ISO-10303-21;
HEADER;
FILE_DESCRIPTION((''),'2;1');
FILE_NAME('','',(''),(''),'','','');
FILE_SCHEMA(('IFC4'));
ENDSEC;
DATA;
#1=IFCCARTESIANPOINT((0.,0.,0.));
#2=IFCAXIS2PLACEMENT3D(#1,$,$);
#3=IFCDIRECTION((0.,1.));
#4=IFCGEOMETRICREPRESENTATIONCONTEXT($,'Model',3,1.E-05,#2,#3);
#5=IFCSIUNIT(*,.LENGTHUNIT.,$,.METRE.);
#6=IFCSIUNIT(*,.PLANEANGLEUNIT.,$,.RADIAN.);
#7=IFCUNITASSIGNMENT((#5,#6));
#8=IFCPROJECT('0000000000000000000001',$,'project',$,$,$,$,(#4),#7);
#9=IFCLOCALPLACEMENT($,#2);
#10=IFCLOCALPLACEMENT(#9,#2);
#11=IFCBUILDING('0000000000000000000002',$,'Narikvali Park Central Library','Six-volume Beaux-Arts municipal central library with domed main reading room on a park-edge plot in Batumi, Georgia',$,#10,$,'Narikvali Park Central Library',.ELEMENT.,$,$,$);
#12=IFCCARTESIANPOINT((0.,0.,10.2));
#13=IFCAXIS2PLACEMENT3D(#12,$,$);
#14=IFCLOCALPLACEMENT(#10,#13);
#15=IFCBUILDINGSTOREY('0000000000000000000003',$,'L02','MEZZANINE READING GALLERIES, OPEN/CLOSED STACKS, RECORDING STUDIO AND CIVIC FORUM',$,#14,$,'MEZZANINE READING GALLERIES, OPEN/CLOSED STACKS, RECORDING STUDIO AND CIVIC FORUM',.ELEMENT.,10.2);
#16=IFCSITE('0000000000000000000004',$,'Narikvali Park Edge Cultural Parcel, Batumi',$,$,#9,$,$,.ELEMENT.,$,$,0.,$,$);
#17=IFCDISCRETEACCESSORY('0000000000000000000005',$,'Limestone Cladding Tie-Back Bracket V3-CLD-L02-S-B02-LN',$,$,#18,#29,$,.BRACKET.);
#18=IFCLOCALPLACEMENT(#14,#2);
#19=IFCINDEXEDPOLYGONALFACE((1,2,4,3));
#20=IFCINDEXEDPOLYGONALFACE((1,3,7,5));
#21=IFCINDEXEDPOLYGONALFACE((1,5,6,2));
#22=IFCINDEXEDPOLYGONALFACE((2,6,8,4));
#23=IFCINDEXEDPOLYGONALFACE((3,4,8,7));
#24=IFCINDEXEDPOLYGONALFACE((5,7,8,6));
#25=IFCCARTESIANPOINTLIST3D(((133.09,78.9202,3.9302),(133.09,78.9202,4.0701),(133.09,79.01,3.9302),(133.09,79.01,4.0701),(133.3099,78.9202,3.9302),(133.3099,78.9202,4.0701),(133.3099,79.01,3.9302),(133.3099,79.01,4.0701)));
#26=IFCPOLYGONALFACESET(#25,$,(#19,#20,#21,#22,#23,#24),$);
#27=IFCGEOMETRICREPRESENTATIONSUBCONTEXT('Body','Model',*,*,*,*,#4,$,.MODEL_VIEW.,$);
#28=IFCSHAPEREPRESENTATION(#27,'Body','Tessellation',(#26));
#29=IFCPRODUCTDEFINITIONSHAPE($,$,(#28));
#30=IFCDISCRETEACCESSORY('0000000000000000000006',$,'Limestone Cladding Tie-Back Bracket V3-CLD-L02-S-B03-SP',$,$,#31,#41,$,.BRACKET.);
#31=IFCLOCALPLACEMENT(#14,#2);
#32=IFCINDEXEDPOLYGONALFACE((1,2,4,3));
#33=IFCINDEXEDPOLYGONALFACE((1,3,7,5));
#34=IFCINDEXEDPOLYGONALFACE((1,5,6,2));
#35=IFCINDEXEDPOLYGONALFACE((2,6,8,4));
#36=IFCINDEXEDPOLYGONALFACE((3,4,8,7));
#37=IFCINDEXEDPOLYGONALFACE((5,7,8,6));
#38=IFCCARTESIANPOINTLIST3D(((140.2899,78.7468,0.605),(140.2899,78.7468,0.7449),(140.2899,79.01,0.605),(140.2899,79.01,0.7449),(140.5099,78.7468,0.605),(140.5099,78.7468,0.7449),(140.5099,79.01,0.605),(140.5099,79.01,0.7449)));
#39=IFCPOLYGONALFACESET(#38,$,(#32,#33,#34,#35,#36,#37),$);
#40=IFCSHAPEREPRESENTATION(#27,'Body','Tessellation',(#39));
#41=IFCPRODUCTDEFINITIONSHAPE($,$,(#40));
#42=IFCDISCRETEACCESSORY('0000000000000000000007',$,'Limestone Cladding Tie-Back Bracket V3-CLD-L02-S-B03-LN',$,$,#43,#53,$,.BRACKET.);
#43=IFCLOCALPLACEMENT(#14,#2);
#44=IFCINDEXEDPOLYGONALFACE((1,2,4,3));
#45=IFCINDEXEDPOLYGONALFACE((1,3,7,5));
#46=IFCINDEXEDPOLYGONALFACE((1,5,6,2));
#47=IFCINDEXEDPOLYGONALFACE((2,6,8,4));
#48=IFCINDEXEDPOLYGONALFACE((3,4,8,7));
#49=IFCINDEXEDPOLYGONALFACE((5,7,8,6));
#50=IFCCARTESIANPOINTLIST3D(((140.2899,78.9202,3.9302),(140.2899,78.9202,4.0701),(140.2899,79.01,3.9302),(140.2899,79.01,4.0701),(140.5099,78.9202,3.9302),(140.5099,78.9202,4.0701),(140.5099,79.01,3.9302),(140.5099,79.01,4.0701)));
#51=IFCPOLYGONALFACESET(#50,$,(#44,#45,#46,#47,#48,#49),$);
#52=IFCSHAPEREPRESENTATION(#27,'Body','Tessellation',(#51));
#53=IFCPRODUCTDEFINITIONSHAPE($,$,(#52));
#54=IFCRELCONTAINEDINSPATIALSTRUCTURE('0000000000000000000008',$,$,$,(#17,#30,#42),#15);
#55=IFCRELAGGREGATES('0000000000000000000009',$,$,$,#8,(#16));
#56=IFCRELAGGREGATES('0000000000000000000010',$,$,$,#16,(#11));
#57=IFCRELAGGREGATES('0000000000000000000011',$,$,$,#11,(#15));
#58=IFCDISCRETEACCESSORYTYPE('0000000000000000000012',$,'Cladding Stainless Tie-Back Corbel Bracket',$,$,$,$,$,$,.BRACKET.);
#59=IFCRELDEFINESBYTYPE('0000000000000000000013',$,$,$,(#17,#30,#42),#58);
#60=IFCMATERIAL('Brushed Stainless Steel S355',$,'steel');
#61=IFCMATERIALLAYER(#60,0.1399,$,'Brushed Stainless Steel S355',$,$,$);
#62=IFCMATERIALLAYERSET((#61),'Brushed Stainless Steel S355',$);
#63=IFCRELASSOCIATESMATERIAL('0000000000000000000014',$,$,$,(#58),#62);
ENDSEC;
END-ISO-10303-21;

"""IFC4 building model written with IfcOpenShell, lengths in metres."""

from ifc_helpers import new_model, si_unit, direction, frame, origin, origin_2d, place, context, subcontext, project, spatial, rectangle, extrude, material, layer, layer_set, type_object, element, save


model = new_model("IFC4")

# Units and contexts
model_context = context("Model", 3, precision=1e-05, world=origin(), true_north=direction((0.0, 1.0)))
body_context = subcontext(model_context, "Body", "Model", "MODEL_VIEW")
ifc_project = project(units=[si_unit("LENGTHUNIT", "METRE"), si_unit("PLANEANGLEUNIT", "RADIAN")], contexts=[model_context])

# Site, building, storey
site_placement = place(None, origin())
site = spatial("IfcSite", under=ifc_project, at=site_placement, Name="Narikvali Park Edge Cultural Parcel, Batumi", CompositionType="ELEMENT", RefElevation=0.0)
building_placement = place(site_placement, origin())
building = spatial("IfcBuilding", under=site, at=building_placement, Name="Narikvali Park Central Library", Description="Six-volume Beaux-Arts municipal central library with domed main reading room on a park-edge plot in Batumi, Georgia", LongName="Narikvali Park Central Library", CompositionType="ELEMENT")
storey_placement = place(building_placement, frame((0.0, 0.0, 10.2)))
storey = spatial("IfcBuildingStorey", under=building, at=storey_placement, Name="L02", Description="MEZZANINE READING GALLERIES, OPEN/CLOSED STACKS, RECORDING STUDIO AND CIVIC FORUM", LongName="MEZZANINE READING GALLERIES, OPEN/CLOSED STACKS, RECORDING STUDIO AND CIVIC FORUM", CompositionType="ELEMENT", Elevation=10.2)

# Discrete accessories
ifc_material_1 = material(Name="Brushed Stainless Steel S355", Category="steel")
ifc_layer_1 = layer(ifc_material_1, 0.1399, Name="Brushed Stainless Steel S355")
ifc_layer_set_1 = layer_set([ifc_layer_1], Name="Brushed Stainless Steel S355")
discrete_accessory_type = type_object("IfcDiscreteAccessoryType", Name="Cladding Stainless Tie-Back Corbel Bracket", PredefinedType="BRACKET", material=ifc_layer_set_1)
discrete_accessory_1_placement = place(storey_placement, frame((133.2, 78.9651, 3.9302), z_axis=(0.0, 0.0, 1.0), x_axis=(1.0, 0.0, 0.0)))
element("IfcDiscreteAccessory", 1, at=discrete_accessory_1_placement, inside=storey, type_object=discrete_accessory_type, Name="Limestone Cladding Tie-Back Bracket V3-CLD-L02-S-B02-LN", PredefinedType="BRACKET", context=body_context, shape_type="SweptSolid", body=[
    extrude(rectangle(XDim=0.22, YDim=0.0898, at=origin_2d()), origin(), (0.0, 0.0, 1.0), 0.1399),
])
discrete_accessory_2_placement = place(storey_placement, frame((140.3999, 78.8784, 0.605), z_axis=(0.0, 0.0, 1.0), x_axis=(1.0, 0.0, 0.0)))
element("IfcDiscreteAccessory", 2, at=discrete_accessory_2_placement, inside=storey, type_object=discrete_accessory_type, Name="Limestone Cladding Tie-Back Bracket V3-CLD-L02-S-B03-SP", PredefinedType="BRACKET", context=body_context, shape_type="SweptSolid", body=[
    extrude(rectangle(XDim=0.22, YDim=0.2632, at=origin_2d()), origin(), (0.0, 0.0, 1.0), 0.1399),
])
discrete_accessory_3_placement = place(storey_placement, frame((140.3999, 78.9651, 3.9302), z_axis=(0.0, 0.0, 1.0), x_axis=(1.0, 0.0, 0.0)))
element("IfcDiscreteAccessory", 3, at=discrete_accessory_3_placement, inside=storey, type_object=discrete_accessory_type, Name="Limestone Cladding Tie-Back Bracket V3-CLD-L02-S-B03-LN", PredefinedType="BRACKET", context=body_context, shape_type="SweptSolid", body=[
    extrude(rectangle(XDim=0.22, YDim=0.0898, at=origin_2d()), origin(), (0.0, 0.0, 1.0), 0.1399),
])

save(model, "model.ifc")
